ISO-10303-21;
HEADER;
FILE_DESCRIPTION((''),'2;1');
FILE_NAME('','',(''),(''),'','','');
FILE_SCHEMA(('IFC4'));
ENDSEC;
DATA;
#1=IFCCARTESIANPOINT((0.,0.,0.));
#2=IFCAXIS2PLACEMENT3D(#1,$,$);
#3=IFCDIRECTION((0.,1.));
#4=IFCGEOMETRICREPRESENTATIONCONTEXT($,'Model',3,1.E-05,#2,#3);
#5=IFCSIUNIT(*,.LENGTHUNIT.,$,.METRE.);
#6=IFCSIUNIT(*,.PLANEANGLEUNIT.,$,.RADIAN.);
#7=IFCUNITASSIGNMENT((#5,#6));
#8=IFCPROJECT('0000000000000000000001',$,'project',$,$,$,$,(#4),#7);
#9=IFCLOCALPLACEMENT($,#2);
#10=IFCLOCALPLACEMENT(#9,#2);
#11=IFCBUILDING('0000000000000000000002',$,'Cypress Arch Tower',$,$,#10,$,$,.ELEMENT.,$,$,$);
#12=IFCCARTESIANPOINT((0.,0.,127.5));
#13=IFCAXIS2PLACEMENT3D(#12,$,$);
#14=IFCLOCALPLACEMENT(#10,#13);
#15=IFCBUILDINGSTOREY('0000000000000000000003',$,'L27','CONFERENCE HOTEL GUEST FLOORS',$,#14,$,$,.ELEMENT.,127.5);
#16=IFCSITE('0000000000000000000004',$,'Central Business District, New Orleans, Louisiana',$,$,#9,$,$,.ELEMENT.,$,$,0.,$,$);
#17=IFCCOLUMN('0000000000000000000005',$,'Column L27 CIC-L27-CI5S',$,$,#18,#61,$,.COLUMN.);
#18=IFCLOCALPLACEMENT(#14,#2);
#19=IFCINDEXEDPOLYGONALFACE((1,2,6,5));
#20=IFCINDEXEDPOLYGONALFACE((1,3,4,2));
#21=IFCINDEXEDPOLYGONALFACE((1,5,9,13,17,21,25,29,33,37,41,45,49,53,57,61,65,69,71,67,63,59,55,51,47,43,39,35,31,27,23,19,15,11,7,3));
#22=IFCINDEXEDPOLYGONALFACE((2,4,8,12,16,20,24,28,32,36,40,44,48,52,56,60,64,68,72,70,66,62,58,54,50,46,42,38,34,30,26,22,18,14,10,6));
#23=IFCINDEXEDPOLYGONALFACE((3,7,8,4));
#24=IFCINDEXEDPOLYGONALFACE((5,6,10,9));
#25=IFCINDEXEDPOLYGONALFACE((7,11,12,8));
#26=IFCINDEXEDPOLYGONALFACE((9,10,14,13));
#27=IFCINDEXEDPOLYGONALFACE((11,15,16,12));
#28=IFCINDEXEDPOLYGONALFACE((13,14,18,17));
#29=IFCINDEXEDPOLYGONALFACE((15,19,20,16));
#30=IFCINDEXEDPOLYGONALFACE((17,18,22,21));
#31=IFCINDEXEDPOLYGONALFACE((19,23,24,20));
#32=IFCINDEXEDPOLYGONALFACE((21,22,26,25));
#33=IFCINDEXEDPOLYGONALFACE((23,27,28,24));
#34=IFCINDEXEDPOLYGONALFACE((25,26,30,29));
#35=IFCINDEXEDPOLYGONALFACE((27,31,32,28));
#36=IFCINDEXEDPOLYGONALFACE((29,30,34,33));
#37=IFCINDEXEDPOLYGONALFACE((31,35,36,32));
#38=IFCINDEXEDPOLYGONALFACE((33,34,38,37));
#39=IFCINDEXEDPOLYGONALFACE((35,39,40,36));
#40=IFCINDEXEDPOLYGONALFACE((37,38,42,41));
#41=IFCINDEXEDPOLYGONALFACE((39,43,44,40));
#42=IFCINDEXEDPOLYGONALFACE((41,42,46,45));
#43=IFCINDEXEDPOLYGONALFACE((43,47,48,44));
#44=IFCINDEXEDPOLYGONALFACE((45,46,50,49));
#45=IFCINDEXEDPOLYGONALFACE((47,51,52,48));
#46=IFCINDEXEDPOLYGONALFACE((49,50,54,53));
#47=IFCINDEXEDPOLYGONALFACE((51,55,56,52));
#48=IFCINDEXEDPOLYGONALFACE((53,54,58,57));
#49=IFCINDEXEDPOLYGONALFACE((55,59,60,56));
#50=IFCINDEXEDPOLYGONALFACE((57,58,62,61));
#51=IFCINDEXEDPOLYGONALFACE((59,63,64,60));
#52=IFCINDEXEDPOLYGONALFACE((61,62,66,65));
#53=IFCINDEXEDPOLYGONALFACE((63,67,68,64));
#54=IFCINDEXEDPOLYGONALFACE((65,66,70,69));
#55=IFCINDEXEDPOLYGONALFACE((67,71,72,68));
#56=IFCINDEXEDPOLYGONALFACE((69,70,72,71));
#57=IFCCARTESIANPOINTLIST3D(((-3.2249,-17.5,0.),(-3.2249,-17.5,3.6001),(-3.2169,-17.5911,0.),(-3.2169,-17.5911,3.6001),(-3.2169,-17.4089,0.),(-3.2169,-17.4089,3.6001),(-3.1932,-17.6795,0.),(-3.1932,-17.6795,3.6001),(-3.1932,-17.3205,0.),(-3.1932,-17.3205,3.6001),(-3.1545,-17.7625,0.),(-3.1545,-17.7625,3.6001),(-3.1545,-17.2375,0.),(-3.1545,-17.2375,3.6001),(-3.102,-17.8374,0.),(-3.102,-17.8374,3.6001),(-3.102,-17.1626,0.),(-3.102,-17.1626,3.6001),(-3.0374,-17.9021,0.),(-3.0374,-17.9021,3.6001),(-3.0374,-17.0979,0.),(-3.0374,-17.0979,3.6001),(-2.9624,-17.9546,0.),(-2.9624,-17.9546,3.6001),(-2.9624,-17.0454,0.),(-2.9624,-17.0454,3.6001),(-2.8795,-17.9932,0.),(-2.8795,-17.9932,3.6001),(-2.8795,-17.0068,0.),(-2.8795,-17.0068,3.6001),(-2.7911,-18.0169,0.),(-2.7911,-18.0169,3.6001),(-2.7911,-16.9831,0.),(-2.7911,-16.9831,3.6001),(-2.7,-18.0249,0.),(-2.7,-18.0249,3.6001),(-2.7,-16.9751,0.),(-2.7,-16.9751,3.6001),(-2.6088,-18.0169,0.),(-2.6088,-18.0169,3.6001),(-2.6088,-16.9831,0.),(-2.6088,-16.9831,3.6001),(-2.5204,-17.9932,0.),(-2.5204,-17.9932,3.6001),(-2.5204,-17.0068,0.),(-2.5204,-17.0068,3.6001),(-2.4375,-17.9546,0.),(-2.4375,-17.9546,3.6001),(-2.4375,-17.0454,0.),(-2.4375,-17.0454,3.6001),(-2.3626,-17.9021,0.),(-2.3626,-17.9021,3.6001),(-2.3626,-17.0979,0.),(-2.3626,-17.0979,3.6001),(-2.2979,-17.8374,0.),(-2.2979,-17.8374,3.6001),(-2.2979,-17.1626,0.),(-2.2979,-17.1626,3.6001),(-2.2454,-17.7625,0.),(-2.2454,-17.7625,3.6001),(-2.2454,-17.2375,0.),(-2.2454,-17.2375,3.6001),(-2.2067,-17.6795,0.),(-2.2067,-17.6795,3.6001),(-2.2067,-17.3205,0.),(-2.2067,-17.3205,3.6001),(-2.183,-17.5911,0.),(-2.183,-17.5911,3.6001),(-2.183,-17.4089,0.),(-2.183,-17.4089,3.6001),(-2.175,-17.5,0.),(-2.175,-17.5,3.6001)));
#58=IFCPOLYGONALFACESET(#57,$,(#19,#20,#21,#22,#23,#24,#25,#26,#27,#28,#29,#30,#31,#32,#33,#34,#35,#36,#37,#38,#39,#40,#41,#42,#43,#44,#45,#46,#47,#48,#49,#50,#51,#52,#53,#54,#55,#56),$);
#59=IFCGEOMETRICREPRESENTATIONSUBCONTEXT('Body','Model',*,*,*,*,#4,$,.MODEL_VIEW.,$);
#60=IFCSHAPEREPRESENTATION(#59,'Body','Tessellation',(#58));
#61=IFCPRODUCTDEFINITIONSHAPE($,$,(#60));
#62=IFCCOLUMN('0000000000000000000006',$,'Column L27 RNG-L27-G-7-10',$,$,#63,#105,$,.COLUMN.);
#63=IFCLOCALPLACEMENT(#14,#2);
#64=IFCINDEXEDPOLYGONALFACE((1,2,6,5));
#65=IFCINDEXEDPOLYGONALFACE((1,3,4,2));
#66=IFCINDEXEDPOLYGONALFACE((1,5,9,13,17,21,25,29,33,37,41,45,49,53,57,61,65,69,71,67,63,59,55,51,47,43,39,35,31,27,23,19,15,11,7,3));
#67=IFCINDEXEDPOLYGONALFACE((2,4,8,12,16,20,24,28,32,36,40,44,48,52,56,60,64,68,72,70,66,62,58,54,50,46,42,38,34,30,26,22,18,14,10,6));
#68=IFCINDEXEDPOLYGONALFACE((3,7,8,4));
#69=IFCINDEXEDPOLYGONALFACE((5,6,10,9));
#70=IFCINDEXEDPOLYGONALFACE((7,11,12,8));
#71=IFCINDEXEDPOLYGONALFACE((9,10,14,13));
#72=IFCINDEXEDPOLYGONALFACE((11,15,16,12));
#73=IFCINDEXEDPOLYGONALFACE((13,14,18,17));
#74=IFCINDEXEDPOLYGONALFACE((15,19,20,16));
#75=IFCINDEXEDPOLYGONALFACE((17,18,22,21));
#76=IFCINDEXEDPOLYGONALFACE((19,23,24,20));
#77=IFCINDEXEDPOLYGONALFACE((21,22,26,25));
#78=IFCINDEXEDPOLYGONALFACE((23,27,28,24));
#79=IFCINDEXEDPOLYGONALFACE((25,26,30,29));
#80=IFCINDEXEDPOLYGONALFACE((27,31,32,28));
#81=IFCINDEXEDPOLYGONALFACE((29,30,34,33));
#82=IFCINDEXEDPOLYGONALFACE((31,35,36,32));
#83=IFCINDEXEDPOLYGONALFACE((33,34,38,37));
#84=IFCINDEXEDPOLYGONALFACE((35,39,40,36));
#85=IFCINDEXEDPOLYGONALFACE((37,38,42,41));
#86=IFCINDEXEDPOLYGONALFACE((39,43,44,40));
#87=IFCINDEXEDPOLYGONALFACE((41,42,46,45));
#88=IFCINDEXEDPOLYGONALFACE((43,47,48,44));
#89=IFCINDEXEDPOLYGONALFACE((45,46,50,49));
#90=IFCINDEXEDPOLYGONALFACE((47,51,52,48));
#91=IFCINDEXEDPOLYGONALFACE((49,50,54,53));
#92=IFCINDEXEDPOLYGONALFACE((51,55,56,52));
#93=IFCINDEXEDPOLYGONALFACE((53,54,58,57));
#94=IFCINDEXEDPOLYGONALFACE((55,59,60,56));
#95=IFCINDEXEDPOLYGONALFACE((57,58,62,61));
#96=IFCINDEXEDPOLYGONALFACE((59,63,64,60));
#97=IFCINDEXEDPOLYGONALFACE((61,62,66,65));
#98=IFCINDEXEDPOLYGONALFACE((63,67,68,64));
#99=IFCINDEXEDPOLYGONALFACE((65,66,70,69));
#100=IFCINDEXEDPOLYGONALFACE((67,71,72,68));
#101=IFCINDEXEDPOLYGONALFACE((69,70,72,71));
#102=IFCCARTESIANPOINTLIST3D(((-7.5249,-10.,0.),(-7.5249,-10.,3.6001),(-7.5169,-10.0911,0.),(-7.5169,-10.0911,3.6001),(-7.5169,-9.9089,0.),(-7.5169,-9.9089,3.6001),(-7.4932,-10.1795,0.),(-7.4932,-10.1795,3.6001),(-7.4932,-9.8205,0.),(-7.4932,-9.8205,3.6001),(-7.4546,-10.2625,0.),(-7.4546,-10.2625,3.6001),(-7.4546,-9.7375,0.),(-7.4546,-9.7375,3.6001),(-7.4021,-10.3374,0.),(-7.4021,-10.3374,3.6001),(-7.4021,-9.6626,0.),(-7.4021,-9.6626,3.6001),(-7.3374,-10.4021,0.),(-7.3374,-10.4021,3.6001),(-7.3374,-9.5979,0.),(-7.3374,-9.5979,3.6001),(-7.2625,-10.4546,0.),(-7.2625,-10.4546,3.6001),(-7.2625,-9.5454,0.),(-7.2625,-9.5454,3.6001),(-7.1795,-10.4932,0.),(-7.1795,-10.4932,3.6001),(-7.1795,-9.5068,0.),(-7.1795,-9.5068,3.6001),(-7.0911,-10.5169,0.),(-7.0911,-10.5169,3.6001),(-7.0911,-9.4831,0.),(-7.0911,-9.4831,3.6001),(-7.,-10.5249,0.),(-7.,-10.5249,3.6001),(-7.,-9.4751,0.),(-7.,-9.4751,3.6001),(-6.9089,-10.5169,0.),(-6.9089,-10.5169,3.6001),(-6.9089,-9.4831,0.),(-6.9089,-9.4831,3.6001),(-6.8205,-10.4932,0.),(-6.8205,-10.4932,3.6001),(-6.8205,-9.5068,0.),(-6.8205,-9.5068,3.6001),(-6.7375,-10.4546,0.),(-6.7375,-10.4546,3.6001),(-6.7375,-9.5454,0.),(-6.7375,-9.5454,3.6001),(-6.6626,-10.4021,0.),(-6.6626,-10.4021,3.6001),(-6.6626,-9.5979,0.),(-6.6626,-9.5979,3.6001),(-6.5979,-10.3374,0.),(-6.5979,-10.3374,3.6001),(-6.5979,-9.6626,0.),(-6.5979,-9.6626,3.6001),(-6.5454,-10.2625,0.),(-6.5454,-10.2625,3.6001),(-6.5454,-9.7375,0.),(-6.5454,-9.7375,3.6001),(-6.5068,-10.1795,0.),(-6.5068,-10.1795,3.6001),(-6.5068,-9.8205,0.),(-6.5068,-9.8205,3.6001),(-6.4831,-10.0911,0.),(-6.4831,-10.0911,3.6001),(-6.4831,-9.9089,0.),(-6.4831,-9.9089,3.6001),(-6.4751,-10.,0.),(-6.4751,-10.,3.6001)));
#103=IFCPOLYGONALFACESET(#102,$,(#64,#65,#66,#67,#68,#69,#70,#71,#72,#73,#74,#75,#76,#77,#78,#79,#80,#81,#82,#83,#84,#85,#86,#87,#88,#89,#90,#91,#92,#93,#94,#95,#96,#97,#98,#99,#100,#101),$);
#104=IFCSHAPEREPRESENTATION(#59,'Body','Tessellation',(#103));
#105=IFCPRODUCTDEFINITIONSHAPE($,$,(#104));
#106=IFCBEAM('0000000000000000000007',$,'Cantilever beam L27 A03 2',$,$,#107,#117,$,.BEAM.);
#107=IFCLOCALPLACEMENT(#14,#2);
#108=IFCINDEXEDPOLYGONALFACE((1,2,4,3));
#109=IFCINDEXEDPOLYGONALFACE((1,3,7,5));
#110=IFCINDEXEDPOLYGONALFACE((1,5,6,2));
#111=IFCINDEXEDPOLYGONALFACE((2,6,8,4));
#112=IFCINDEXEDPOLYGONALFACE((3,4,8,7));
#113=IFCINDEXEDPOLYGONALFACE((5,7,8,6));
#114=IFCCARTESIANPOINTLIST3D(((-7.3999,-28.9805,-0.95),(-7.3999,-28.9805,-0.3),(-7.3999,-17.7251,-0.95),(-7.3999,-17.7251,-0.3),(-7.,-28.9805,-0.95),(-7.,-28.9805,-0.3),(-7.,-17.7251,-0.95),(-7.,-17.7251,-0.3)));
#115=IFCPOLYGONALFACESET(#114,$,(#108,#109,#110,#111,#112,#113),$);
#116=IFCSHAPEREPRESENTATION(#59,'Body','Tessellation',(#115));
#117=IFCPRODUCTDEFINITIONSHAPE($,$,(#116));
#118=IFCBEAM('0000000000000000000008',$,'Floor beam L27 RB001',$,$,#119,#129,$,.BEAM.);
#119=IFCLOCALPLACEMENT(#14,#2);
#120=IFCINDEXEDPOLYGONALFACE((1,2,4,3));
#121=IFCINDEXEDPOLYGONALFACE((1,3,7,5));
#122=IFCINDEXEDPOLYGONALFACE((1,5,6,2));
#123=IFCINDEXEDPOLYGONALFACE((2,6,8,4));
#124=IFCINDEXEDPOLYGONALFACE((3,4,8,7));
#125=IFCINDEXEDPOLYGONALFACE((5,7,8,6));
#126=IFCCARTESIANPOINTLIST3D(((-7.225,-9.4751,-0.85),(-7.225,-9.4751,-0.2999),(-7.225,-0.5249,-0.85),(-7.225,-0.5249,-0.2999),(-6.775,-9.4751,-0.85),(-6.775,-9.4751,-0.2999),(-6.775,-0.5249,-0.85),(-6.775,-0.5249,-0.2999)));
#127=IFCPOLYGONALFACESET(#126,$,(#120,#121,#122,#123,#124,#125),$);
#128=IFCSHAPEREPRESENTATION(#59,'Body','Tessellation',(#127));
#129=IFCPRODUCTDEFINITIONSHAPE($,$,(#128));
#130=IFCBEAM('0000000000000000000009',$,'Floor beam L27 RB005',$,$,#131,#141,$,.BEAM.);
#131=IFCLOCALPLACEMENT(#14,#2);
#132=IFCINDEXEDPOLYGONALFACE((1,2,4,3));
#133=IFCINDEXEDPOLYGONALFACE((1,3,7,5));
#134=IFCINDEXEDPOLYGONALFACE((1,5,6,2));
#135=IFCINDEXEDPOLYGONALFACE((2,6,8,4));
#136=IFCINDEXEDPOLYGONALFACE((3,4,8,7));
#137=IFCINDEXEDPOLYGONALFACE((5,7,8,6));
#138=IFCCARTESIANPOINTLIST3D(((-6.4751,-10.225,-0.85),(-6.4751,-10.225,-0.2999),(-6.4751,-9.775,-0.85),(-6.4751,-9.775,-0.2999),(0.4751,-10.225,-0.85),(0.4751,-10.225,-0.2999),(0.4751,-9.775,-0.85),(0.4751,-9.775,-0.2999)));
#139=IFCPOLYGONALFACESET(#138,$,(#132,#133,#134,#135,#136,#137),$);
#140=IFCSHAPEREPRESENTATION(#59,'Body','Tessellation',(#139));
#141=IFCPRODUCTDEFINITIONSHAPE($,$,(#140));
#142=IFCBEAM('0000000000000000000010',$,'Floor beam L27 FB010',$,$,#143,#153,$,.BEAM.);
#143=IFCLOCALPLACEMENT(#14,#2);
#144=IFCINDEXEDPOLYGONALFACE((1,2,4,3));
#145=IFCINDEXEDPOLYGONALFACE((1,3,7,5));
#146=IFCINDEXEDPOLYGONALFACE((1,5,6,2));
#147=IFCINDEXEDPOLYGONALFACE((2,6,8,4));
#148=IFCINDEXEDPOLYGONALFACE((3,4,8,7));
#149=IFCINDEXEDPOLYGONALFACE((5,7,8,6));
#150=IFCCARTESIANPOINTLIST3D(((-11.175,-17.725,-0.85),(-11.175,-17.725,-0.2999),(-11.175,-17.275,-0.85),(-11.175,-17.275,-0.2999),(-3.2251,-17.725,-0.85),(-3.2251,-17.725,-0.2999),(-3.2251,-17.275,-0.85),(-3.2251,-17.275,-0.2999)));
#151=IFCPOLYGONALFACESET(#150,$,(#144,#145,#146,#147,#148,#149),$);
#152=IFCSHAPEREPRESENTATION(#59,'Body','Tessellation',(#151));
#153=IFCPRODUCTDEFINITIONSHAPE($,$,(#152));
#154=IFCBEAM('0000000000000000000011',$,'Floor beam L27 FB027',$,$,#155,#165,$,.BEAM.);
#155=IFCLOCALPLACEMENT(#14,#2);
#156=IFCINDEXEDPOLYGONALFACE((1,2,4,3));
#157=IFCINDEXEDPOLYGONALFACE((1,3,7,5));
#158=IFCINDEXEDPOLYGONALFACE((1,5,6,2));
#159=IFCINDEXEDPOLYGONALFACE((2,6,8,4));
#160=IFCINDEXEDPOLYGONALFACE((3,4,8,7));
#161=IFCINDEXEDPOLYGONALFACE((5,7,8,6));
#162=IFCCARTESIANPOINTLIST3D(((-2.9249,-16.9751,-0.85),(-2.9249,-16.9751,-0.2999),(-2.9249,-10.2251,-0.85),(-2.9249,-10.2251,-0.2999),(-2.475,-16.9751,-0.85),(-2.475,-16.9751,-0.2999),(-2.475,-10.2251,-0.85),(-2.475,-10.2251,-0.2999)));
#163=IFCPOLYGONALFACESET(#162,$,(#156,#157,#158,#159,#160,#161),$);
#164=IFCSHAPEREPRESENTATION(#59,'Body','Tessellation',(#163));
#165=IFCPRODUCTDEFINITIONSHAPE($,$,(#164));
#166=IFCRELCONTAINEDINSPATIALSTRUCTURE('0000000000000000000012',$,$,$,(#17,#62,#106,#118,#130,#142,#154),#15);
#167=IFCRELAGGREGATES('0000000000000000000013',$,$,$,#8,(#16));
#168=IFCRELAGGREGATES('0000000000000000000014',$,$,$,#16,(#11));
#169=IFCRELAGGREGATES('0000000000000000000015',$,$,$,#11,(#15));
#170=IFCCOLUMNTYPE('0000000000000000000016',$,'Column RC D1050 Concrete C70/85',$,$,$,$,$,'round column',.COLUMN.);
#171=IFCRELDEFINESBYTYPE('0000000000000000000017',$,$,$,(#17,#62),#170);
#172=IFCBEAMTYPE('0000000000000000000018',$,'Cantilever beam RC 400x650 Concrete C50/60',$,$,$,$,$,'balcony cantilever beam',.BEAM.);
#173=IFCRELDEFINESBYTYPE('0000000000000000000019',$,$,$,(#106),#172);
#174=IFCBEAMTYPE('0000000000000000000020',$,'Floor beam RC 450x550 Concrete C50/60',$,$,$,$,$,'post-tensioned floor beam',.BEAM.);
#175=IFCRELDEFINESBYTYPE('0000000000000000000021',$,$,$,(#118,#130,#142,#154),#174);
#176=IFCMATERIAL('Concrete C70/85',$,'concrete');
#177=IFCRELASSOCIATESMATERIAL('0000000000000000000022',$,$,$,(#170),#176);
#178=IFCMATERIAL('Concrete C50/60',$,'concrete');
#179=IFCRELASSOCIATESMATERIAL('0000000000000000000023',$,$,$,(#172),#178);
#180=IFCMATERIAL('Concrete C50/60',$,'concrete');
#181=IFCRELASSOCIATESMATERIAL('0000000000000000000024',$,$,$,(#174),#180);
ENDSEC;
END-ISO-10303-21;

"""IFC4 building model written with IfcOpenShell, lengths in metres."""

from ifc_helpers import new_model, si_unit, direction, frame, origin, origin_2d, place, context, subcontext, project, spatial, rectangle, circle, extrude, material, material_profile, profile_set, type_object, element, save


model = new_model("IFC4")

# Units and contexts
model_context = context("Model", 3, precision=1e-05, world=origin(), true_north=direction((0.0, 1.0)))
body_context = subcontext(model_context, "Body", "Model", "MODEL_VIEW")
ifc_project = project(units=[si_unit("LENGTHUNIT", "METRE"), si_unit("PLANEANGLEUNIT", "RADIAN")], contexts=[model_context])

# Site, building, storey
site_placement = place(None, origin())
site = spatial("IfcSite", under=ifc_project, at=site_placement, Name="Central Business District, New Orleans, Louisiana", CompositionType="ELEMENT", RefElevation=0.0)
building_placement = place(site_placement, origin())
building = spatial("IfcBuilding", under=site, at=building_placement, Name="Cypress Arch Tower", CompositionType="ELEMENT")
storey_placement = place(building_placement, frame((0.0, 0.0, 127.5)))
storey = spatial("IfcBuildingStorey", under=building, at=storey_placement, Name="L27", Description="CONFERENCE HOTEL GUEST FLOORS", CompositionType="ELEMENT", Elevation=127.5)

# Columns
ifc_material_1 = material(Name="Concrete C70/85", Category="concrete")
ifc_material_profile_1 = material_profile(ifc_material_1, circle(Radius=0.5249, at=origin_2d()), Name="RC D1050")
ifc_profile_set_1 = profile_set([ifc_material_profile_1], Name="Concrete C70/85")
column_type = type_object("IfcColumnType", Name="Column RC D1050 Concrete C70/85", ElementType="round column", PredefinedType="COLUMN", material=ifc_profile_set_1)
for number, where, z_axis, x_axis, name in (
    (1, (-2.7, -17.5, 0.0), (0.0, 0.0, 1.0), (1.0, 0.0, 0.0), "Column L27 CIC-L27-CI5S"),
    (2, (-7.0, -10.0, 0.0), (0.0, 0.0, 1.0), (1.0, 0.0, 0.0), "Column L27 RNG-L27-G-7-10"),
):
    element("IfcColumn", number, at=place(storey_placement, frame(where, z_axis=z_axis, x_axis=x_axis)), inside=storey, type_object=column_type, Name=name, PredefinedType="COLUMN", context=body_context, shape_type="SweptSolid", body=[
        extrude(circle(Radius=0.5249, at=origin_2d()), origin(), (0.0, 0.0, 1.0), 3.6001),
    ])

# Beams
ifc_material_2 = material(Name="Concrete C50/60", Category="concrete")
ifc_material_profile_2 = material_profile(ifc_material_2, rectangle(XDim=0.3999, YDim=0.6499, at=origin_2d()), Name="RC 400x650")
ifc_profile_set_2 = profile_set([ifc_material_profile_2], Name="Concrete C50/60")
beam_type_1 = type_object("IfcBeamType", Name="Cantilever beam RC 400x650 Concrete C50/60", ElementType="balcony cantilever beam", PredefinedType="BEAM", material=ifc_profile_set_2)
beam_1_placement = place(storey_placement, frame((-7.2, -17.7251, -0.625), z_axis=(0.0, -1.0, 0.0), x_axis=(1.0, 0.0, 0.0)))
element("IfcBeam", 3, at=beam_1_placement, inside=storey, type_object=beam_type_1, Name="Cantilever beam L27 A03 2", PredefinedType="BEAM", context=body_context, shape_type="SweptSolid", body=[
    extrude(rectangle(XDim=0.3999, YDim=0.6499, at=origin_2d()), origin(), (0.0, 0.0, 1.0), 11.2554),
])
ifc_material_3 = material(Name="Concrete C50/60", Category="concrete")
ifc_material_profile_3 = material_profile(ifc_material_3, rectangle(XDim=0.45, YDim=0.55, at=origin_2d()), Name="RC 450x550")
ifc_profile_set_3 = profile_set([ifc_material_profile_3], Name="Concrete C50/60")
beam_type_2 = type_object("IfcBeamType", Name="Floor beam RC 450x550 Concrete C50/60", ElementType="post-tensioned floor beam", PredefinedType="BEAM", material=ifc_profile_set_3)
beam_2_placement = place(storey_placement, frame((-7.0, -9.4751, -0.575), z_axis=(0.0, 1.0, 0.0), x_axis=(-1.0, 0.0, 0.0)))
element("IfcBeam", 4, at=beam_2_placement, inside=storey, type_object=beam_type_2, Name="Floor beam L27 RB001", PredefinedType="BEAM", context=body_context, shape_type="SweptSolid", body=[
    extrude(rectangle(XDim=0.45, YDim=0.55, at=origin_2d()), origin(), (0.0, 0.0, 1.0), 8.9502),
])
beam_3_placement = place(storey_placement, frame((-6.4751, -10.0, -0.575), z_axis=(1.0, 0.0, 0.0), x_axis=(0.0, 1.0, 0.0)))
element("IfcBeam", 5, at=beam_3_placement, inside=storey, type_object=beam_type_2, Name="Floor beam L27 RB005", PredefinedType="BEAM", context=body_context, shape_type="SweptSolid", body=[
    extrude(rectangle(XDim=0.45, YDim=0.55, at=origin_2d()), origin(), (0.0, 0.0, 1.0), 6.9502),
])
beam_4_placement = place(storey_placement, frame((-11.175, -17.5, -0.575), z_axis=(1.0, 0.0, 0.0), x_axis=(0.0, 1.0, 0.0)))
element("IfcBeam", 6, at=beam_4_placement, inside=storey, type_object=beam_type_2, Name="Floor beam L27 FB010", PredefinedType="BEAM", context=body_context, shape_type="SweptSolid", body=[
    extrude(rectangle(XDim=0.45, YDim=0.55, at=origin_2d()), origin(), (0.0, 0.0, 1.0), 7.95),
])
beam_5_placement = place(storey_placement, frame((-2.7, -16.9751, -0.575), z_axis=(0.0, 1.0, 0.0), x_axis=(-1.0, 0.0, 0.0)))
element("IfcBeam", 7, at=beam_5_placement, inside=storey, type_object=beam_type_2, Name="Floor beam L27 FB027", PredefinedType="BEAM", context=body_context, shape_type="SweptSolid", body=[
    extrude(rectangle(XDim=0.45, YDim=0.55, at=origin_2d()), origin(), (0.0, 0.0, 1.0), 6.75),
])

save(model, "model.ifc")
